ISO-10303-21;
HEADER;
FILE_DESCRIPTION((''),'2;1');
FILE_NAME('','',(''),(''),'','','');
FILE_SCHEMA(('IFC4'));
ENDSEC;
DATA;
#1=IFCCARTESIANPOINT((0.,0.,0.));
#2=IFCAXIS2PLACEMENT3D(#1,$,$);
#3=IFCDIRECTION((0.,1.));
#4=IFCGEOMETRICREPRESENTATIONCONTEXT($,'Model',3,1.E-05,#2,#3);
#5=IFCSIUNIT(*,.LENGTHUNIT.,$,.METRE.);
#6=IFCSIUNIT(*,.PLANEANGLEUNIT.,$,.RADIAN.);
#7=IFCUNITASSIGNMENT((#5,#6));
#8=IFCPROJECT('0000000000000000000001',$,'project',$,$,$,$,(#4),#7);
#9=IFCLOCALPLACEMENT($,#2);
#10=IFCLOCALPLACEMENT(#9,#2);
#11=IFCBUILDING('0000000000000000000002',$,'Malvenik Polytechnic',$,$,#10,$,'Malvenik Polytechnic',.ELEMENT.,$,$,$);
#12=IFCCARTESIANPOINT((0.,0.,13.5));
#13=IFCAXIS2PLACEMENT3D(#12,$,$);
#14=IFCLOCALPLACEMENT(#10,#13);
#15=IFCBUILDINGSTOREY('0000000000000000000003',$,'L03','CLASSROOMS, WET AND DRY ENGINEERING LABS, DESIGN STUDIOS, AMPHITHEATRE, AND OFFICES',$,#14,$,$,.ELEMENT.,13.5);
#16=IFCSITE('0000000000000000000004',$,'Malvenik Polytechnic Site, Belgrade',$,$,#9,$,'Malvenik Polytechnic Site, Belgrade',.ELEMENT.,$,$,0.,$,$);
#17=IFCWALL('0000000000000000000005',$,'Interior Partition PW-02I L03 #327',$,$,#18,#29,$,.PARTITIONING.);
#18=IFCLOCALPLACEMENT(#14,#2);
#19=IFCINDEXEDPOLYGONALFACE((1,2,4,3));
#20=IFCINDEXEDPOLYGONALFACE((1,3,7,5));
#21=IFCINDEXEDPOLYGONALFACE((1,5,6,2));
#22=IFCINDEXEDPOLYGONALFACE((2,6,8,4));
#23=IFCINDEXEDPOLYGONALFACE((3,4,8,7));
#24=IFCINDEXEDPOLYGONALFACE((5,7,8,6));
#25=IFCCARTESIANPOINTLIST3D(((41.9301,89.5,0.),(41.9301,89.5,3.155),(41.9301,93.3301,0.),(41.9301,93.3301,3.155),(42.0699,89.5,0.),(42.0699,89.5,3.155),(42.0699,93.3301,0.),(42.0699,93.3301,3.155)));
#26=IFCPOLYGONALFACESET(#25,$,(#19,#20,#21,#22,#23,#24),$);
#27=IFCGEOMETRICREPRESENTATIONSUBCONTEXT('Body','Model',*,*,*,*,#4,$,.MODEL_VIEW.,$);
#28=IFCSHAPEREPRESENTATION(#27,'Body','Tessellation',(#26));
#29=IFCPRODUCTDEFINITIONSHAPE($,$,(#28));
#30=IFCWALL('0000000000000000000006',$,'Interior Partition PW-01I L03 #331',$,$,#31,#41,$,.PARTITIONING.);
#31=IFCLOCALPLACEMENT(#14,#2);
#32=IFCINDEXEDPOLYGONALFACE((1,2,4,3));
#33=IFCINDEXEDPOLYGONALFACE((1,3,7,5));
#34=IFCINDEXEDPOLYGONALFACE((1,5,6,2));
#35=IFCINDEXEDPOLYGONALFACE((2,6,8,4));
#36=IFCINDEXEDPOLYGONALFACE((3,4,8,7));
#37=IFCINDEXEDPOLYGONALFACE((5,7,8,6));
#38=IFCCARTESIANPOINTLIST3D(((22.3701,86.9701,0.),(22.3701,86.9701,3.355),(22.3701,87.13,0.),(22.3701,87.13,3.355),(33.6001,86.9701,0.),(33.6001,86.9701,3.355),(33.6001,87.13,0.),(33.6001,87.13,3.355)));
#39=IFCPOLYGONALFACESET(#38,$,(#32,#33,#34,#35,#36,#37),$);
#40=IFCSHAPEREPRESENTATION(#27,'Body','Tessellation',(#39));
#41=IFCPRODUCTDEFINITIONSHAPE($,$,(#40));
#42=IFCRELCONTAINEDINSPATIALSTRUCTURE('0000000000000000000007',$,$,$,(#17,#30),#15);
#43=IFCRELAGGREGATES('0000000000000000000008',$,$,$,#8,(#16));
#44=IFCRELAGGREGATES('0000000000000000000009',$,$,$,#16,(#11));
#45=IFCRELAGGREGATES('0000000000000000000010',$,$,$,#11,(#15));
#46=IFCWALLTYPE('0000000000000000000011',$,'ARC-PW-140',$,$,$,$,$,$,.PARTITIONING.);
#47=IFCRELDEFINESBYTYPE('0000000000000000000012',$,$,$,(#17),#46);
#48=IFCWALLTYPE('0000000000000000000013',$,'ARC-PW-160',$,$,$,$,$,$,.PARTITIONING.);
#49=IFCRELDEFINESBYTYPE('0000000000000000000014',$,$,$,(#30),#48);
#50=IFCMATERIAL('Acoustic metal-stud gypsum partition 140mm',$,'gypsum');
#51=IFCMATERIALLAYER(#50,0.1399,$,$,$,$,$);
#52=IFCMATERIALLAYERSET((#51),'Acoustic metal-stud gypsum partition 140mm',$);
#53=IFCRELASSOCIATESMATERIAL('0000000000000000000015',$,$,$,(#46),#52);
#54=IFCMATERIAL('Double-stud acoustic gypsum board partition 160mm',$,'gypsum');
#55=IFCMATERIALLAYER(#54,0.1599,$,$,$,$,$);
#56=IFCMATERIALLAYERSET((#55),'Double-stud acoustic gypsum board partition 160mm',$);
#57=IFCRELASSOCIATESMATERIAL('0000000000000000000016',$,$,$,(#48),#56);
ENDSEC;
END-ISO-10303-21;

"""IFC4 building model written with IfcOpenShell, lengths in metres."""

from ifc_helpers import new_model, si_unit, direction, frame, frame_2d, origin, place, context, subcontext, project, spatial, rectangle, extrude, material, layer, layer_set, type_object, element, save


model = new_model("IFC4")

# Units and contexts
model_context = context("Model", 3, precision=1e-05, world=origin(), true_north=direction((0.0, 1.0)))
body_context = subcontext(model_context, "Body", "Model", "MODEL_VIEW")
ifc_project = project(units=[si_unit("LENGTHUNIT", "METRE"), si_unit("PLANEANGLEUNIT", "RADIAN")], contexts=[model_context])

# Site, building, storey
site_placement = place(None, origin())
site = spatial("IfcSite", under=ifc_project, at=site_placement, Name="Malvenik Polytechnic Site, Belgrade", LongName="Malvenik Polytechnic Site, Belgrade", CompositionType="ELEMENT", RefElevation=0.0)
building_placement = place(site_placement, origin())
building = spatial("IfcBuilding", under=site, at=building_placement, Name="Malvenik Polytechnic", LongName="Malvenik Polytechnic", CompositionType="ELEMENT")
storey_placement = place(building_placement, frame((0.0, 0.0, 13.5)))
storey = spatial("IfcBuildingStorey", under=building, at=storey_placement, Name="L03", Description="CLASSROOMS, WET AND DRY ENGINEERING LABS, DESIGN STUDIOS, AMPHITHEATRE, AND OFFICES", CompositionType="ELEMENT", Elevation=13.5)

# Walls
ifc_material_1 = material(Name="Acoustic metal-stud gypsum partition 140mm", Category="gypsum")
ifc_layer_1 = layer(ifc_material_1, 0.1399)
ifc_layer_set_1 = layer_set([ifc_layer_1], Name="Acoustic metal-stud gypsum partition 140mm")
wall_type_1 = type_object("IfcWallType", Name="ARC-PW-140", PredefinedType="PARTITIONING", material=ifc_layer_set_1)
wall_1_placement = place(storey_placement, frame((42.0, 89.5, 0.0), z_axis=(0.0, 0.0, 1.0), x_axis=(0.0, 1.0, 0.0)))
element("IfcWall", 1, at=wall_1_placement, inside=storey, type_object=wall_type_1, Name="Interior Partition PW-02I L03 #327", PredefinedType="PARTITIONING", context=body_context, shape_type="SweptSolid", body=[
    extrude(rectangle(XDim=3.8301, YDim=0.1399, at=frame_2d((1.915, 0.0))), origin(), (0.0, 0.0, 1.0), 3.155),
])
ifc_material_2 = material(Name="Double-stud acoustic gypsum board partition 160mm", Category="gypsum")
ifc_layer_2 = layer(ifc_material_2, 0.1599)
ifc_layer_set_2 = layer_set([ifc_layer_2], Name="Double-stud acoustic gypsum board partition 160mm")
wall_type_2 = type_object("IfcWallType", Name="ARC-PW-160", PredefinedType="PARTITIONING", material=ifc_layer_set_2)
wall_2_placement = place(storey_placement, frame((33.6001, 87.05, 0.0), z_axis=(0.0, 0.0, 1.0), x_axis=(-1.0, 0.0, 0.0)))
element("IfcWall", 2, at=wall_2_placement, inside=storey, type_object=wall_type_2, Name="Interior Partition PW-01I L03 #331", PredefinedType="PARTITIONING", context=body_context, shape_type="SweptSolid", body=[
    extrude(rectangle(XDim=11.23, YDim=0.1599, at=frame_2d((5.615, 0.0))), origin(), (0.0, 0.0, 1.0), 3.355),
])

save(model, "model.ifc")
